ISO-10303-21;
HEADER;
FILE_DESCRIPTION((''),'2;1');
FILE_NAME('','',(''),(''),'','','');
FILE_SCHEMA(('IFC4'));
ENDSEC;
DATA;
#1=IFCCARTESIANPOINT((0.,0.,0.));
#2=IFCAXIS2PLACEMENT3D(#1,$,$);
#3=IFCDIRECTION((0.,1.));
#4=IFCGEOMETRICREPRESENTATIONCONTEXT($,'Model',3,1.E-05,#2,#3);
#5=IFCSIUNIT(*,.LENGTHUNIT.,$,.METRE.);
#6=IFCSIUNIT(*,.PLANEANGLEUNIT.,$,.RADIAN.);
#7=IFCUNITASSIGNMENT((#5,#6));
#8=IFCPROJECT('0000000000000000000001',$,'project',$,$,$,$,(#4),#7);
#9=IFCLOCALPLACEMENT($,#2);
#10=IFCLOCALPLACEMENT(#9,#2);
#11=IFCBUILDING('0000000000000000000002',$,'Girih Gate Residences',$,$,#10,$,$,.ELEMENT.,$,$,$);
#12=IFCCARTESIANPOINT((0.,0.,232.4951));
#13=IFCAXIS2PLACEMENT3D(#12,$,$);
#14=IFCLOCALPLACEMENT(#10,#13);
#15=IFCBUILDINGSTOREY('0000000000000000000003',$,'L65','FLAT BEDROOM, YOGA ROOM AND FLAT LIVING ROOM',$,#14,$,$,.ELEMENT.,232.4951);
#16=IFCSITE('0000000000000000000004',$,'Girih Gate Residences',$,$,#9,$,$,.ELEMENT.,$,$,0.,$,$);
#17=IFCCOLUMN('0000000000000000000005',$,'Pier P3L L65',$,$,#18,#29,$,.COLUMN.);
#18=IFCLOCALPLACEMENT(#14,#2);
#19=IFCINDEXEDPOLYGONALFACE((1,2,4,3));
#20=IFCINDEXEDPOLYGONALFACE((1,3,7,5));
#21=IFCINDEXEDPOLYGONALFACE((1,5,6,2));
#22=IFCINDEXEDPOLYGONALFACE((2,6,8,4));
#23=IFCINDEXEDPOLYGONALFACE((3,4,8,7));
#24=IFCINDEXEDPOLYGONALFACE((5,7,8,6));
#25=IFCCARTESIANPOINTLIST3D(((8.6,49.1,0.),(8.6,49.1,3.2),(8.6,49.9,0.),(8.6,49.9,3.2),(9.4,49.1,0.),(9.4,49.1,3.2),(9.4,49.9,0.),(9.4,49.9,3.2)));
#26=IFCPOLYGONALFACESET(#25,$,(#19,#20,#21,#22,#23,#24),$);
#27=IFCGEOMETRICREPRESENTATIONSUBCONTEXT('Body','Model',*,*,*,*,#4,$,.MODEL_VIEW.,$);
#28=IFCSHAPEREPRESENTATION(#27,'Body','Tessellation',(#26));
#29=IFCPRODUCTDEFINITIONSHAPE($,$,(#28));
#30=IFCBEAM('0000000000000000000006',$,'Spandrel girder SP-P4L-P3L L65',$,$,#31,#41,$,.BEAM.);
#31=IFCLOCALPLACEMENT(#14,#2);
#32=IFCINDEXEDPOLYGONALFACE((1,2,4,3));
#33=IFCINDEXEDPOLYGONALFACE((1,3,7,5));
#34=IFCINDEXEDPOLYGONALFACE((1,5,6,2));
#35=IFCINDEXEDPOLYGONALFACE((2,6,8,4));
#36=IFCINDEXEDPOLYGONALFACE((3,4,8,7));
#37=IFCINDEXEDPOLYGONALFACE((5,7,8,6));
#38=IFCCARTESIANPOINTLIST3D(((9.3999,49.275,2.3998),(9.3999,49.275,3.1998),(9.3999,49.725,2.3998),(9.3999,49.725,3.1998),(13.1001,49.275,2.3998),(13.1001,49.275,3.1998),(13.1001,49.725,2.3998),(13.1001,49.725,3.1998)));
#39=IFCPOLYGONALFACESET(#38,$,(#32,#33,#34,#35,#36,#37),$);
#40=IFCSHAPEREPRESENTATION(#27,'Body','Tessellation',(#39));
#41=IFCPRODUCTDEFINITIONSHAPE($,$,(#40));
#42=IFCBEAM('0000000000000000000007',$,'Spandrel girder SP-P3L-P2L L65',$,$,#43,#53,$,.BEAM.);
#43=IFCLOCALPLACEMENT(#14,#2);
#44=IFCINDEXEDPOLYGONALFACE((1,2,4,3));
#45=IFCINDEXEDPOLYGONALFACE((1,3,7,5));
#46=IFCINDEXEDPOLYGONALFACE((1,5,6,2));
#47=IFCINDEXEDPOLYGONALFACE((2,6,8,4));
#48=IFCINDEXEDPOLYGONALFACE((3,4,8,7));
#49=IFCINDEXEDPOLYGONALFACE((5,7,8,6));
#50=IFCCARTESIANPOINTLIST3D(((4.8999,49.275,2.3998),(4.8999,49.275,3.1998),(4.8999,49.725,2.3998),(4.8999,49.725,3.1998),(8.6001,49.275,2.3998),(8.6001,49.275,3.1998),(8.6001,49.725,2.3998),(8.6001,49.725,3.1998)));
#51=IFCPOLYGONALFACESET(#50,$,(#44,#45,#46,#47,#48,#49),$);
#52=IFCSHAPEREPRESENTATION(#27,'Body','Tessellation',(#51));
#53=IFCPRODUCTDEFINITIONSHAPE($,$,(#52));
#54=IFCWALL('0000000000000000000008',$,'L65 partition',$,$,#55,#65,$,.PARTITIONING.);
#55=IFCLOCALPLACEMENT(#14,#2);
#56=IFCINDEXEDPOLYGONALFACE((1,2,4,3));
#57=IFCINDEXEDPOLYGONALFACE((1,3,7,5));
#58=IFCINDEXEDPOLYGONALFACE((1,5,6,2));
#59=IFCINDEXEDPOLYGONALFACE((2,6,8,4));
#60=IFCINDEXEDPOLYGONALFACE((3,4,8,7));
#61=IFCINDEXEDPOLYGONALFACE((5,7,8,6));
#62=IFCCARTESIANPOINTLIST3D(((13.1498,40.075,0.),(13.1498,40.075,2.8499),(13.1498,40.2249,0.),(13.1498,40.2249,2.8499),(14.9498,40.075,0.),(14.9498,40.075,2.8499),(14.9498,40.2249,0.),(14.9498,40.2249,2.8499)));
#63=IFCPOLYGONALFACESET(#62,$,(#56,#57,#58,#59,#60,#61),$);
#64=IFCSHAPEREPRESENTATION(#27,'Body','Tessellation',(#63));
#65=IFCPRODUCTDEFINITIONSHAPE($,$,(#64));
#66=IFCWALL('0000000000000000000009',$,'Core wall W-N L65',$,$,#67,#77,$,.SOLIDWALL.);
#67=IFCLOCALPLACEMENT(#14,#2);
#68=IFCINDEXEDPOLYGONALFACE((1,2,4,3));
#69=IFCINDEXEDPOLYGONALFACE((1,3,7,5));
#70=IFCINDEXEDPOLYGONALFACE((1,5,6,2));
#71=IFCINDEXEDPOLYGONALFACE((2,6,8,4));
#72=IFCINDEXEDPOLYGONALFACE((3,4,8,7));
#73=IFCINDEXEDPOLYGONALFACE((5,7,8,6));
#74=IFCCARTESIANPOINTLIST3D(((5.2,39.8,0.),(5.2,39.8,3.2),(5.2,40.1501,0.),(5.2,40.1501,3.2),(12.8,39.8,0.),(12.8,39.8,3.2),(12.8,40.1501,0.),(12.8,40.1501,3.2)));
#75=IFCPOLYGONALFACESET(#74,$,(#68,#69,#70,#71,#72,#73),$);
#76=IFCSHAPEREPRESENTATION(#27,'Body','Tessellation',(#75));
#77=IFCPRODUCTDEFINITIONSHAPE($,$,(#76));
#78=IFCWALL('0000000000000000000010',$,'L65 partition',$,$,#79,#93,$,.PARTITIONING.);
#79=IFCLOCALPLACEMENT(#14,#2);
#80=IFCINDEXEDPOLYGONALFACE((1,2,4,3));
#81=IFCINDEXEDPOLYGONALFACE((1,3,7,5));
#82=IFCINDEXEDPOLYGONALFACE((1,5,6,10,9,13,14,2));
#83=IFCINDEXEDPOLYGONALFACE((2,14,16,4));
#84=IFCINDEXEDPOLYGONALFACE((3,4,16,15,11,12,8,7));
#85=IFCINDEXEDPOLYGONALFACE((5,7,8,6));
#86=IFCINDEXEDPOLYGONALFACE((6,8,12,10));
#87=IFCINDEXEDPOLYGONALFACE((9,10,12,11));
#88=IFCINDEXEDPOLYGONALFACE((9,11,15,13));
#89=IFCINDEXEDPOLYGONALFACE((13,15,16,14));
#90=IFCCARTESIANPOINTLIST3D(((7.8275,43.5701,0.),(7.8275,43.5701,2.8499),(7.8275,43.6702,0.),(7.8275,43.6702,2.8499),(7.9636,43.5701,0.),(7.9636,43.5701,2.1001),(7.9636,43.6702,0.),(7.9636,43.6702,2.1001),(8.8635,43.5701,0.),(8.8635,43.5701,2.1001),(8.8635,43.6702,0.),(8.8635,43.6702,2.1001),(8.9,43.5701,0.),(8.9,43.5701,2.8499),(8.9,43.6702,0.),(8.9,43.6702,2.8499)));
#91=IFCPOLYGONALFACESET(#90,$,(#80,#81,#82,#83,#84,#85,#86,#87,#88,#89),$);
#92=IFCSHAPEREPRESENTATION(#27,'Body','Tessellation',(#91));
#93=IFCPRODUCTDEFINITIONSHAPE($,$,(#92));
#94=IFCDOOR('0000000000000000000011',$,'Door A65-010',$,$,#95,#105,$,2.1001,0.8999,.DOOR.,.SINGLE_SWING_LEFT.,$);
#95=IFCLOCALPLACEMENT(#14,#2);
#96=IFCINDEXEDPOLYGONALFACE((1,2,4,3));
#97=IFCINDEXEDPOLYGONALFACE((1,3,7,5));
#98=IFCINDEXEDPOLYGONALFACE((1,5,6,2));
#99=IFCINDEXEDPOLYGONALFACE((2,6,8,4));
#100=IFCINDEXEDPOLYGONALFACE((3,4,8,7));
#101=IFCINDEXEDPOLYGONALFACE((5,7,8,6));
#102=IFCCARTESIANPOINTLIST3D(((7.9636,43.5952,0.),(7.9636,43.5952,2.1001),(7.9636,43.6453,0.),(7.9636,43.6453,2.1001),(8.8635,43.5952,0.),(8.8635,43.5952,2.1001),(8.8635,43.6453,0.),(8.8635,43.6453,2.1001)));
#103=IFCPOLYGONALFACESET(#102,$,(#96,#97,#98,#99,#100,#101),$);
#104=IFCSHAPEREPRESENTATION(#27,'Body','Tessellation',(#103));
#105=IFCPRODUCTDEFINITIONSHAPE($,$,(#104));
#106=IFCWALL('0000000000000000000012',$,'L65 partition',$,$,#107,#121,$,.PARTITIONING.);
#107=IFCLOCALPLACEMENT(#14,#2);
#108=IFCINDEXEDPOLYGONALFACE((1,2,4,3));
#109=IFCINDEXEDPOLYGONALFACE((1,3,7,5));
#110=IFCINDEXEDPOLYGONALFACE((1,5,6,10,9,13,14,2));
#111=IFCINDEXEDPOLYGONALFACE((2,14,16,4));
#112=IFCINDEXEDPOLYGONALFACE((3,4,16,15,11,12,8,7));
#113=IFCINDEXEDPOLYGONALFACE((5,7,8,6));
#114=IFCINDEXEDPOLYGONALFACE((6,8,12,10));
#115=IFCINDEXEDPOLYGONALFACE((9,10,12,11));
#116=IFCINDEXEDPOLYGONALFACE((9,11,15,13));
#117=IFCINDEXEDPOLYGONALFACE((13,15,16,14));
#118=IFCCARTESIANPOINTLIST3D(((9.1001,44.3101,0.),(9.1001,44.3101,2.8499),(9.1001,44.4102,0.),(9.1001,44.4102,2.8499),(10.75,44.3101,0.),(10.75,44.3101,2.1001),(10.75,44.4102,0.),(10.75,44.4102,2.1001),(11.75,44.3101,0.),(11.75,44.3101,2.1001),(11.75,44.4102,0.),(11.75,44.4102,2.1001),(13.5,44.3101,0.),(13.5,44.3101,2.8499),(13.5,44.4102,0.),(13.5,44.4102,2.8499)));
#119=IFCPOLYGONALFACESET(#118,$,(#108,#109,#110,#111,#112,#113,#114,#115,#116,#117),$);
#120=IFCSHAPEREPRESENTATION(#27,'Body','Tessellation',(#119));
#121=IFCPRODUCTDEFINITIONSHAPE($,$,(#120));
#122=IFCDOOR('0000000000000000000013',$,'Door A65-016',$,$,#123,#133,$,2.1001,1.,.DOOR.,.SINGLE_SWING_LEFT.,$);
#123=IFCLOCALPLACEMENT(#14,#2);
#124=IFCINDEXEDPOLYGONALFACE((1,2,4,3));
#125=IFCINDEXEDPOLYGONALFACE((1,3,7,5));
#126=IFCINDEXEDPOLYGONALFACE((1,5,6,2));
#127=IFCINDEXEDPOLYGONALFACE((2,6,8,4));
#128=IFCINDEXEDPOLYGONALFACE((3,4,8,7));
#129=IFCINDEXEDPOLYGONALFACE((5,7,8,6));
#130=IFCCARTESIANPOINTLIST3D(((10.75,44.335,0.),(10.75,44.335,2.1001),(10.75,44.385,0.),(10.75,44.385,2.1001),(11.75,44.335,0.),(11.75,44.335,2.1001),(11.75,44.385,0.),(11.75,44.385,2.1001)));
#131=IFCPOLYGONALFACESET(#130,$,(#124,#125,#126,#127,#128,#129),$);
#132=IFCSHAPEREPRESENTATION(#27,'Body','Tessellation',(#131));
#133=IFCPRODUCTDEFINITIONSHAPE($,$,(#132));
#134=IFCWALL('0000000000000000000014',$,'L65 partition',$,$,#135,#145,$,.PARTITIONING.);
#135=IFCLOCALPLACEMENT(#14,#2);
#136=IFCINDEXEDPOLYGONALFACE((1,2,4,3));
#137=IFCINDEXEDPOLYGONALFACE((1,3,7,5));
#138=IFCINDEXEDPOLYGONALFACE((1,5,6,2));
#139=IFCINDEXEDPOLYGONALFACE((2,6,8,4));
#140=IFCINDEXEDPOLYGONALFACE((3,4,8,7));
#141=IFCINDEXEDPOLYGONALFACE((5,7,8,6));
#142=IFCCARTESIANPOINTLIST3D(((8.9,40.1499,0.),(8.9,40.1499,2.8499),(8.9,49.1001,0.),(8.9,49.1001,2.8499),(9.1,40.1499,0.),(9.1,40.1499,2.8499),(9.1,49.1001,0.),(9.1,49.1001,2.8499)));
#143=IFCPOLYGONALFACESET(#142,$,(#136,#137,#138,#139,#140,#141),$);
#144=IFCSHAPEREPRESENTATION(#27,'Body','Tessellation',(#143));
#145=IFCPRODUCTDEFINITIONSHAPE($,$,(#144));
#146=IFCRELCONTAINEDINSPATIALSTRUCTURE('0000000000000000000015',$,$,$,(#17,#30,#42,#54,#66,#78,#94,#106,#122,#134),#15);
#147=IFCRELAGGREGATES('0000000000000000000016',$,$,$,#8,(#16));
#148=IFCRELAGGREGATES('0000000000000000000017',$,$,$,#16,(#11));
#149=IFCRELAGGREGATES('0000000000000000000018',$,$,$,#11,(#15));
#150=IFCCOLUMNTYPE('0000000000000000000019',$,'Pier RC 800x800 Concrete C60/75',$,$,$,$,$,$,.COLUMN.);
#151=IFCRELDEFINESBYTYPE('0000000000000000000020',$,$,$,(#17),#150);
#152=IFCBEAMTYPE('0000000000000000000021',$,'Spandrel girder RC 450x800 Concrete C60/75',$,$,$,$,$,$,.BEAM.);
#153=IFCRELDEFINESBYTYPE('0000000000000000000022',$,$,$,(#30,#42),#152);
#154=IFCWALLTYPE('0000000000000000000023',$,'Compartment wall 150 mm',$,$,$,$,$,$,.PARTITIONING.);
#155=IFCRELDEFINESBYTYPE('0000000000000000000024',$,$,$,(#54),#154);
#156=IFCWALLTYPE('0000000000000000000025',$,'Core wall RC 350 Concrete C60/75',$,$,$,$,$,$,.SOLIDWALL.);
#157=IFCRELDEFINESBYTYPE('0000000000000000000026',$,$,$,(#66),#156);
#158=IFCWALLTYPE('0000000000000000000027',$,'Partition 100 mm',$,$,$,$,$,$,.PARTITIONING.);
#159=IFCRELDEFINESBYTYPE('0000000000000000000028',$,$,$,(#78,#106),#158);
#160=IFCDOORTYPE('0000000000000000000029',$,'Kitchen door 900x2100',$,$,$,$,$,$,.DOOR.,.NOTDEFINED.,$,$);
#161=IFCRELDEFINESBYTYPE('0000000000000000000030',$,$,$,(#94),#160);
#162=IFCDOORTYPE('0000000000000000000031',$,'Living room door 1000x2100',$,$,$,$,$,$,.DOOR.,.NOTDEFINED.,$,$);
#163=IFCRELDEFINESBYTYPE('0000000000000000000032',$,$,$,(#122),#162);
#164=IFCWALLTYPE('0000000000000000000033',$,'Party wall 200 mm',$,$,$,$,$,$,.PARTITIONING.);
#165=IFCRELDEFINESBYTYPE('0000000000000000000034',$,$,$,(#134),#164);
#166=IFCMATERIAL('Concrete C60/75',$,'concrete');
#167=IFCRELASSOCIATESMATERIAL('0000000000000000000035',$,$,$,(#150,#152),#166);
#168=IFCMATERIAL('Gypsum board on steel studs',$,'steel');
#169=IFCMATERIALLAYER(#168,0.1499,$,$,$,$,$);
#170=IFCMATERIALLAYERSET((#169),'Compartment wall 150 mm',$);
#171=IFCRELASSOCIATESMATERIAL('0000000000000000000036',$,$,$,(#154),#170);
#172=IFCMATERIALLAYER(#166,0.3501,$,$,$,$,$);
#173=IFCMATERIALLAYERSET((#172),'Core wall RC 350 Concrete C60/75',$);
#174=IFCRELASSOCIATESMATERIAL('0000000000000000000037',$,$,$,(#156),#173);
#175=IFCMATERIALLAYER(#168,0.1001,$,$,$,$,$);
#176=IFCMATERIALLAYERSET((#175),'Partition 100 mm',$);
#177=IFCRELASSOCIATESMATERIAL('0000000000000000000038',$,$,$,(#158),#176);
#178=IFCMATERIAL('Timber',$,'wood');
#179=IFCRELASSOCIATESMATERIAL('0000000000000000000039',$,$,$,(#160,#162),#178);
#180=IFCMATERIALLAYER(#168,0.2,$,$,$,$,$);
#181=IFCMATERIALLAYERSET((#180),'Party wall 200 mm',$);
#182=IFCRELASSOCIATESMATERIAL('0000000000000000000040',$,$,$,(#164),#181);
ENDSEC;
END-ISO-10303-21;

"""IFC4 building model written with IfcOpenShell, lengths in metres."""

from ifc_helpers import new_model, si_unit, direction, frame, frame_2d, origin, origin_2d, place, context, subcontext, project, spatial, rectangle, extrude, material, layer, layer_set, material_profile, profile_set, type_object, element, fill, save


model = new_model("IFC4")

# Units and contexts
model_context = context("Model", 3, precision=1e-05, world=origin(), true_north=direction((0.0, 1.0)))
body_context = subcontext(model_context, "Body", "Model", "MODEL_VIEW")
ifc_project = project(units=[si_unit("LENGTHUNIT", "METRE"), si_unit("PLANEANGLEUNIT", "RADIAN")], contexts=[model_context])

# Site, building, storey
site_placement = place(None, origin())
site = spatial("IfcSite", under=ifc_project, at=site_placement, Name="Girih Gate Residences", CompositionType="ELEMENT", RefElevation=0.0)
building_placement = place(site_placement, origin())
building = spatial("IfcBuilding", under=site, at=building_placement, Name="Girih Gate Residences", CompositionType="ELEMENT")
storey_placement = place(building_placement, frame((0.0, 0.0, 232.4951)))
storey = spatial("IfcBuildingStorey", under=building, at=storey_placement, Name="L65", Description="FLAT BEDROOM, YOGA ROOM AND FLAT LIVING ROOM", CompositionType="ELEMENT", Elevation=232.4951)

# Column
ifc_material_1 = material(Name="Concrete C60/75", Category="concrete")
ifc_material_profile_1 = material_profile(ifc_material_1, rectangle(XDim=0.8, YDim=0.8, at=origin_2d()))
ifc_profile_set_1 = profile_set([ifc_material_profile_1], Name="Concrete C60/75")
column_type = type_object("IfcColumnType", Name="Pier RC 800x800 Concrete C60/75", PredefinedType="COLUMN", material=ifc_profile_set_1)
column_placement = place(storey_placement, frame((9.0, 49.5, 0.0), z_axis=(0.0, 0.0, 1.0), x_axis=(1.0, 0.0, 0.0)))
element("IfcColumn", 1, at=column_placement, inside=storey, type_object=column_type, Name="Pier P3L L65", PredefinedType="COLUMN", context=body_context, shape_type="SweptSolid", body=[
    extrude(rectangle(XDim=0.8, YDim=0.8, at=origin_2d()), origin(), (0.0, 0.0, 1.0), 3.2),
])

# Beams
ifc_material_profile_2 = material_profile(ifc_material_1, rectangle(XDim=0.45, YDim=0.8, at=origin_2d()))
ifc_profile_set_2 = profile_set([ifc_material_profile_2], Name="Concrete C60/75")
beam_type = type_object("IfcBeamType", Name="Spandrel girder RC 450x800 Concrete C60/75", PredefinedType="BEAM", material=ifc_profile_set_2)
for number, where, z_axis, x_axis, name in (
    (2, (13.1001, 49.5, 2.7998), (-1.0, 0.0, 0.0), (0.0, -1.0, 0.0), "Spandrel girder SP-P4L-P3L L65"),
    (3, (8.6001, 49.5, 2.7998), (-1.0, 0.0, 0.0), (0.0, -1.0, 0.0), "Spandrel girder SP-P3L-P2L L65"),
):
    element("IfcBeam", number, at=place(storey_placement, frame(where, z_axis=z_axis, x_axis=x_axis)), inside=storey, type_object=beam_type, Name=name, PredefinedType="BEAM", context=body_context, shape_type="SweptSolid", body=[
        extrude(rectangle(XDim=0.45, YDim=0.8, at=origin_2d()), origin(), (0.0, 0.0, 1.0), 3.7002),
    ])

# Walls
ifc_material_2 = material(Name="Gypsum board on steel studs", Category="steel")
ifc_layer_1 = layer(ifc_material_2, 0.1499)
ifc_layer_set_1 = layer_set([ifc_layer_1], Name="Compartment wall 150 mm")
wall_type_1 = type_object("IfcWallType", Name="Compartment wall 150 mm", PredefinedType="PARTITIONING", material=ifc_layer_set_1)
wall_1_placement = place(storey_placement, frame((13.1499, 40.1499, 0.0), z_axis=(0.0, 0.0, 1.0), x_axis=(1.0, 0.0, 0.0)))
element("IfcWall", 4, at=wall_1_placement, inside=storey, type_object=wall_type_1, Name="L65 partition", PredefinedType="PARTITIONING", context=body_context, shape_type="SweptSolid", body=[
    extrude(rectangle(XDim=1.8, YDim=0.1499, at=frame_2d((0.8999, 0.0))), origin(), (0.0, 0.0, 1.0), 2.8499),
])
ifc_layer_2 = layer(ifc_material_1, 0.3501)
ifc_layer_set_2 = layer_set([ifc_layer_2], Name="Core wall RC 350 Concrete C60/75")
wall_type_2 = type_object("IfcWallType", Name="Core wall RC 350 Concrete C60/75", PredefinedType="SOLIDWALL", material=ifc_layer_set_2)
wall_2_placement = place(storey_placement, frame((5.2, 39.9751, 0.0), z_axis=(0.0, 0.0, 1.0), x_axis=(1.0, 0.0, 0.0)))
element("IfcWall", 5, at=wall_2_placement, inside=storey, type_object=wall_type_2, Name="Core wall W-N L65", PredefinedType="SOLIDWALL", context=body_context, shape_type="SweptSolid", body=[
    extrude(rectangle(XDim=7.6001, YDim=0.3501, at=frame_2d((3.8, 0.0))), origin(), (0.0, 0.0, 1.0), 3.2),
])

# Walls, openings, doors
ifc_layer_3 = layer(ifc_material_2, 0.1001)
ifc_layer_set_3 = layer_set([ifc_layer_3], Name="Partition 100 mm")
wall_type_3 = type_object("IfcWallType", Name="Partition 100 mm", PredefinedType="PARTITIONING", material=ifc_layer_set_3)
wall_3_placement = place(storey_placement, frame((8.8999, 43.6201, 0.0), z_axis=(0.0, 0.0, 1.0), x_axis=(-1.0, 0.0, 0.0)))
wall_3 = element("IfcWall", 6, at=wall_3_placement, inside=storey, type_object=wall_type_3, Name="L65 partition", PredefinedType="PARTITIONING", context=body_context, shape_type="SweptSolid", body=[
    extrude(rectangle(XDim=1.0725, YDim=0.1001, at=frame_2d((0.5361, 0.0))), origin(), (0.0, 0.0, 1.0), 2.8499),
])
opening_1_placement = place(wall_3_placement, frame((0.0364, 0.0, 0.0)))
opening_1 = element("IfcOpeningElement", 7, at=opening_1_placement, cuts=wall_3, PredefinedType="OPENING", context=body_context, shape_type="SweptSolid", body=[
    extrude(rectangle(XDim=0.8999, YDim=2.1001, at=frame_2d((0.45, 1.05))), frame((0.0, 0.0601, 0.0), z_axis=(0.0, -1.0, 0.0), x_axis=(1.0, 0.0, 0.0)), (0.0, 0.0, 1.0), 0.1201),
])
ifc_material_3 = material(Name="Timber", Category="wood")
door_type_1 = type_object("IfcDoorType", Name="Kitchen door 900x2100", OperationType="NOTDEFINED", PredefinedType="DOOR", material=ifc_material_3)
door_1_placement = place(opening_1_placement, origin())
door_1 = element("IfcDoor", 8, at=door_1_placement, inside=storey, type_object=door_type_1, Name="Door A65-010", OperationType="SINGLE_SWING_LEFT", OverallHeight=2.1001, OverallWidth=0.8999, PredefinedType="DOOR", context=body_context, shape_type="SweptSolid", body=[
    extrude(rectangle(XDim=0.8999, YDim=2.1001, at=frame_2d((0.45, 1.05))), frame((0.0, 0.0249, 0.0), z_axis=(0.0, -1.0, 0.0), x_axis=(1.0, 0.0, 0.0)), (0.0, 0.0, 1.0), 0.05),
])
fill(opening_1, door_1)
wall_4_placement = place(storey_placement, frame((9.1001, 44.3601, 0.0), z_axis=(0.0, 0.0, 1.0), x_axis=(1.0, 0.0, 0.0)))
wall_4 = element("IfcWall", 9, at=wall_4_placement, inside=storey, type_object=wall_type_3, Name="L65 partition", PredefinedType="PARTITIONING", context=body_context, shape_type="SweptSolid", body=[
    extrude(rectangle(XDim=4.3999, YDim=0.1001, at=frame_2d((2.2, 0.0))), origin(), (0.0, 0.0, 1.0), 2.8499),
])
opening_2_placement = place(wall_4_placement, frame((1.6499, 0.0, 0.0)))
opening_2 = element("IfcOpeningElement", 10, at=opening_2_placement, cuts=wall_4, PredefinedType="OPENING", context=body_context, shape_type="SweptSolid", body=[
    extrude(rectangle(XDim=1.0, YDim=2.1001, at=frame_2d((0.5, 1.05))), frame((0.0, 0.0601, 0.0), z_axis=(0.0, -1.0, 0.0), x_axis=(1.0, 0.0, 0.0)), (0.0, 0.0, 1.0), 0.1201),
])
door_type_2 = type_object("IfcDoorType", Name="Living room door 1000x2100", OperationType="NOTDEFINED", PredefinedType="DOOR", material=ifc_material_3)
door_2_placement = place(opening_2_placement, origin())
door_2 = element("IfcDoor", 11, at=door_2_placement, inside=storey, type_object=door_type_2, Name="Door A65-016", OperationType="SINGLE_SWING_LEFT", OverallHeight=2.1001, OverallWidth=1.0, PredefinedType="DOOR", context=body_context, shape_type="SweptSolid", body=[
    extrude(rectangle(XDim=1.0, YDim=2.1001, at=frame_2d((0.5, 1.05))), frame((0.0, 0.0249, 0.0), z_axis=(0.0, -1.0, 0.0), x_axis=(1.0, 0.0, 0.0)), (0.0, 0.0, 1.0), 0.05),
])
fill(opening_2, door_2)

# Wall
ifc_layer_4 = layer(ifc_material_2, 0.2)
ifc_layer_set_4 = layer_set([ifc_layer_4], Name="Party wall 200 mm")
wall_type_4 = type_object("IfcWallType", Name="Party wall 200 mm", PredefinedType="PARTITIONING", material=ifc_layer_set_4)
wall_5_placement = place(storey_placement, frame((9.0, 40.1499, 0.0), z_axis=(0.0, 0.0, 1.0), x_axis=(0.0, 1.0, 0.0)))
element("IfcWall", 12, at=wall_5_placement, inside=storey, type_object=wall_type_4, Name="L65 partition", PredefinedType="PARTITIONING", context=body_context, shape_type="SweptSolid", body=[
    extrude(rectangle(XDim=8.9502, YDim=0.2, at=frame_2d((4.4751, 0.0))), origin(), (0.0, 0.0, 1.0), 2.8499),
])

save(model, "model.ifc")
